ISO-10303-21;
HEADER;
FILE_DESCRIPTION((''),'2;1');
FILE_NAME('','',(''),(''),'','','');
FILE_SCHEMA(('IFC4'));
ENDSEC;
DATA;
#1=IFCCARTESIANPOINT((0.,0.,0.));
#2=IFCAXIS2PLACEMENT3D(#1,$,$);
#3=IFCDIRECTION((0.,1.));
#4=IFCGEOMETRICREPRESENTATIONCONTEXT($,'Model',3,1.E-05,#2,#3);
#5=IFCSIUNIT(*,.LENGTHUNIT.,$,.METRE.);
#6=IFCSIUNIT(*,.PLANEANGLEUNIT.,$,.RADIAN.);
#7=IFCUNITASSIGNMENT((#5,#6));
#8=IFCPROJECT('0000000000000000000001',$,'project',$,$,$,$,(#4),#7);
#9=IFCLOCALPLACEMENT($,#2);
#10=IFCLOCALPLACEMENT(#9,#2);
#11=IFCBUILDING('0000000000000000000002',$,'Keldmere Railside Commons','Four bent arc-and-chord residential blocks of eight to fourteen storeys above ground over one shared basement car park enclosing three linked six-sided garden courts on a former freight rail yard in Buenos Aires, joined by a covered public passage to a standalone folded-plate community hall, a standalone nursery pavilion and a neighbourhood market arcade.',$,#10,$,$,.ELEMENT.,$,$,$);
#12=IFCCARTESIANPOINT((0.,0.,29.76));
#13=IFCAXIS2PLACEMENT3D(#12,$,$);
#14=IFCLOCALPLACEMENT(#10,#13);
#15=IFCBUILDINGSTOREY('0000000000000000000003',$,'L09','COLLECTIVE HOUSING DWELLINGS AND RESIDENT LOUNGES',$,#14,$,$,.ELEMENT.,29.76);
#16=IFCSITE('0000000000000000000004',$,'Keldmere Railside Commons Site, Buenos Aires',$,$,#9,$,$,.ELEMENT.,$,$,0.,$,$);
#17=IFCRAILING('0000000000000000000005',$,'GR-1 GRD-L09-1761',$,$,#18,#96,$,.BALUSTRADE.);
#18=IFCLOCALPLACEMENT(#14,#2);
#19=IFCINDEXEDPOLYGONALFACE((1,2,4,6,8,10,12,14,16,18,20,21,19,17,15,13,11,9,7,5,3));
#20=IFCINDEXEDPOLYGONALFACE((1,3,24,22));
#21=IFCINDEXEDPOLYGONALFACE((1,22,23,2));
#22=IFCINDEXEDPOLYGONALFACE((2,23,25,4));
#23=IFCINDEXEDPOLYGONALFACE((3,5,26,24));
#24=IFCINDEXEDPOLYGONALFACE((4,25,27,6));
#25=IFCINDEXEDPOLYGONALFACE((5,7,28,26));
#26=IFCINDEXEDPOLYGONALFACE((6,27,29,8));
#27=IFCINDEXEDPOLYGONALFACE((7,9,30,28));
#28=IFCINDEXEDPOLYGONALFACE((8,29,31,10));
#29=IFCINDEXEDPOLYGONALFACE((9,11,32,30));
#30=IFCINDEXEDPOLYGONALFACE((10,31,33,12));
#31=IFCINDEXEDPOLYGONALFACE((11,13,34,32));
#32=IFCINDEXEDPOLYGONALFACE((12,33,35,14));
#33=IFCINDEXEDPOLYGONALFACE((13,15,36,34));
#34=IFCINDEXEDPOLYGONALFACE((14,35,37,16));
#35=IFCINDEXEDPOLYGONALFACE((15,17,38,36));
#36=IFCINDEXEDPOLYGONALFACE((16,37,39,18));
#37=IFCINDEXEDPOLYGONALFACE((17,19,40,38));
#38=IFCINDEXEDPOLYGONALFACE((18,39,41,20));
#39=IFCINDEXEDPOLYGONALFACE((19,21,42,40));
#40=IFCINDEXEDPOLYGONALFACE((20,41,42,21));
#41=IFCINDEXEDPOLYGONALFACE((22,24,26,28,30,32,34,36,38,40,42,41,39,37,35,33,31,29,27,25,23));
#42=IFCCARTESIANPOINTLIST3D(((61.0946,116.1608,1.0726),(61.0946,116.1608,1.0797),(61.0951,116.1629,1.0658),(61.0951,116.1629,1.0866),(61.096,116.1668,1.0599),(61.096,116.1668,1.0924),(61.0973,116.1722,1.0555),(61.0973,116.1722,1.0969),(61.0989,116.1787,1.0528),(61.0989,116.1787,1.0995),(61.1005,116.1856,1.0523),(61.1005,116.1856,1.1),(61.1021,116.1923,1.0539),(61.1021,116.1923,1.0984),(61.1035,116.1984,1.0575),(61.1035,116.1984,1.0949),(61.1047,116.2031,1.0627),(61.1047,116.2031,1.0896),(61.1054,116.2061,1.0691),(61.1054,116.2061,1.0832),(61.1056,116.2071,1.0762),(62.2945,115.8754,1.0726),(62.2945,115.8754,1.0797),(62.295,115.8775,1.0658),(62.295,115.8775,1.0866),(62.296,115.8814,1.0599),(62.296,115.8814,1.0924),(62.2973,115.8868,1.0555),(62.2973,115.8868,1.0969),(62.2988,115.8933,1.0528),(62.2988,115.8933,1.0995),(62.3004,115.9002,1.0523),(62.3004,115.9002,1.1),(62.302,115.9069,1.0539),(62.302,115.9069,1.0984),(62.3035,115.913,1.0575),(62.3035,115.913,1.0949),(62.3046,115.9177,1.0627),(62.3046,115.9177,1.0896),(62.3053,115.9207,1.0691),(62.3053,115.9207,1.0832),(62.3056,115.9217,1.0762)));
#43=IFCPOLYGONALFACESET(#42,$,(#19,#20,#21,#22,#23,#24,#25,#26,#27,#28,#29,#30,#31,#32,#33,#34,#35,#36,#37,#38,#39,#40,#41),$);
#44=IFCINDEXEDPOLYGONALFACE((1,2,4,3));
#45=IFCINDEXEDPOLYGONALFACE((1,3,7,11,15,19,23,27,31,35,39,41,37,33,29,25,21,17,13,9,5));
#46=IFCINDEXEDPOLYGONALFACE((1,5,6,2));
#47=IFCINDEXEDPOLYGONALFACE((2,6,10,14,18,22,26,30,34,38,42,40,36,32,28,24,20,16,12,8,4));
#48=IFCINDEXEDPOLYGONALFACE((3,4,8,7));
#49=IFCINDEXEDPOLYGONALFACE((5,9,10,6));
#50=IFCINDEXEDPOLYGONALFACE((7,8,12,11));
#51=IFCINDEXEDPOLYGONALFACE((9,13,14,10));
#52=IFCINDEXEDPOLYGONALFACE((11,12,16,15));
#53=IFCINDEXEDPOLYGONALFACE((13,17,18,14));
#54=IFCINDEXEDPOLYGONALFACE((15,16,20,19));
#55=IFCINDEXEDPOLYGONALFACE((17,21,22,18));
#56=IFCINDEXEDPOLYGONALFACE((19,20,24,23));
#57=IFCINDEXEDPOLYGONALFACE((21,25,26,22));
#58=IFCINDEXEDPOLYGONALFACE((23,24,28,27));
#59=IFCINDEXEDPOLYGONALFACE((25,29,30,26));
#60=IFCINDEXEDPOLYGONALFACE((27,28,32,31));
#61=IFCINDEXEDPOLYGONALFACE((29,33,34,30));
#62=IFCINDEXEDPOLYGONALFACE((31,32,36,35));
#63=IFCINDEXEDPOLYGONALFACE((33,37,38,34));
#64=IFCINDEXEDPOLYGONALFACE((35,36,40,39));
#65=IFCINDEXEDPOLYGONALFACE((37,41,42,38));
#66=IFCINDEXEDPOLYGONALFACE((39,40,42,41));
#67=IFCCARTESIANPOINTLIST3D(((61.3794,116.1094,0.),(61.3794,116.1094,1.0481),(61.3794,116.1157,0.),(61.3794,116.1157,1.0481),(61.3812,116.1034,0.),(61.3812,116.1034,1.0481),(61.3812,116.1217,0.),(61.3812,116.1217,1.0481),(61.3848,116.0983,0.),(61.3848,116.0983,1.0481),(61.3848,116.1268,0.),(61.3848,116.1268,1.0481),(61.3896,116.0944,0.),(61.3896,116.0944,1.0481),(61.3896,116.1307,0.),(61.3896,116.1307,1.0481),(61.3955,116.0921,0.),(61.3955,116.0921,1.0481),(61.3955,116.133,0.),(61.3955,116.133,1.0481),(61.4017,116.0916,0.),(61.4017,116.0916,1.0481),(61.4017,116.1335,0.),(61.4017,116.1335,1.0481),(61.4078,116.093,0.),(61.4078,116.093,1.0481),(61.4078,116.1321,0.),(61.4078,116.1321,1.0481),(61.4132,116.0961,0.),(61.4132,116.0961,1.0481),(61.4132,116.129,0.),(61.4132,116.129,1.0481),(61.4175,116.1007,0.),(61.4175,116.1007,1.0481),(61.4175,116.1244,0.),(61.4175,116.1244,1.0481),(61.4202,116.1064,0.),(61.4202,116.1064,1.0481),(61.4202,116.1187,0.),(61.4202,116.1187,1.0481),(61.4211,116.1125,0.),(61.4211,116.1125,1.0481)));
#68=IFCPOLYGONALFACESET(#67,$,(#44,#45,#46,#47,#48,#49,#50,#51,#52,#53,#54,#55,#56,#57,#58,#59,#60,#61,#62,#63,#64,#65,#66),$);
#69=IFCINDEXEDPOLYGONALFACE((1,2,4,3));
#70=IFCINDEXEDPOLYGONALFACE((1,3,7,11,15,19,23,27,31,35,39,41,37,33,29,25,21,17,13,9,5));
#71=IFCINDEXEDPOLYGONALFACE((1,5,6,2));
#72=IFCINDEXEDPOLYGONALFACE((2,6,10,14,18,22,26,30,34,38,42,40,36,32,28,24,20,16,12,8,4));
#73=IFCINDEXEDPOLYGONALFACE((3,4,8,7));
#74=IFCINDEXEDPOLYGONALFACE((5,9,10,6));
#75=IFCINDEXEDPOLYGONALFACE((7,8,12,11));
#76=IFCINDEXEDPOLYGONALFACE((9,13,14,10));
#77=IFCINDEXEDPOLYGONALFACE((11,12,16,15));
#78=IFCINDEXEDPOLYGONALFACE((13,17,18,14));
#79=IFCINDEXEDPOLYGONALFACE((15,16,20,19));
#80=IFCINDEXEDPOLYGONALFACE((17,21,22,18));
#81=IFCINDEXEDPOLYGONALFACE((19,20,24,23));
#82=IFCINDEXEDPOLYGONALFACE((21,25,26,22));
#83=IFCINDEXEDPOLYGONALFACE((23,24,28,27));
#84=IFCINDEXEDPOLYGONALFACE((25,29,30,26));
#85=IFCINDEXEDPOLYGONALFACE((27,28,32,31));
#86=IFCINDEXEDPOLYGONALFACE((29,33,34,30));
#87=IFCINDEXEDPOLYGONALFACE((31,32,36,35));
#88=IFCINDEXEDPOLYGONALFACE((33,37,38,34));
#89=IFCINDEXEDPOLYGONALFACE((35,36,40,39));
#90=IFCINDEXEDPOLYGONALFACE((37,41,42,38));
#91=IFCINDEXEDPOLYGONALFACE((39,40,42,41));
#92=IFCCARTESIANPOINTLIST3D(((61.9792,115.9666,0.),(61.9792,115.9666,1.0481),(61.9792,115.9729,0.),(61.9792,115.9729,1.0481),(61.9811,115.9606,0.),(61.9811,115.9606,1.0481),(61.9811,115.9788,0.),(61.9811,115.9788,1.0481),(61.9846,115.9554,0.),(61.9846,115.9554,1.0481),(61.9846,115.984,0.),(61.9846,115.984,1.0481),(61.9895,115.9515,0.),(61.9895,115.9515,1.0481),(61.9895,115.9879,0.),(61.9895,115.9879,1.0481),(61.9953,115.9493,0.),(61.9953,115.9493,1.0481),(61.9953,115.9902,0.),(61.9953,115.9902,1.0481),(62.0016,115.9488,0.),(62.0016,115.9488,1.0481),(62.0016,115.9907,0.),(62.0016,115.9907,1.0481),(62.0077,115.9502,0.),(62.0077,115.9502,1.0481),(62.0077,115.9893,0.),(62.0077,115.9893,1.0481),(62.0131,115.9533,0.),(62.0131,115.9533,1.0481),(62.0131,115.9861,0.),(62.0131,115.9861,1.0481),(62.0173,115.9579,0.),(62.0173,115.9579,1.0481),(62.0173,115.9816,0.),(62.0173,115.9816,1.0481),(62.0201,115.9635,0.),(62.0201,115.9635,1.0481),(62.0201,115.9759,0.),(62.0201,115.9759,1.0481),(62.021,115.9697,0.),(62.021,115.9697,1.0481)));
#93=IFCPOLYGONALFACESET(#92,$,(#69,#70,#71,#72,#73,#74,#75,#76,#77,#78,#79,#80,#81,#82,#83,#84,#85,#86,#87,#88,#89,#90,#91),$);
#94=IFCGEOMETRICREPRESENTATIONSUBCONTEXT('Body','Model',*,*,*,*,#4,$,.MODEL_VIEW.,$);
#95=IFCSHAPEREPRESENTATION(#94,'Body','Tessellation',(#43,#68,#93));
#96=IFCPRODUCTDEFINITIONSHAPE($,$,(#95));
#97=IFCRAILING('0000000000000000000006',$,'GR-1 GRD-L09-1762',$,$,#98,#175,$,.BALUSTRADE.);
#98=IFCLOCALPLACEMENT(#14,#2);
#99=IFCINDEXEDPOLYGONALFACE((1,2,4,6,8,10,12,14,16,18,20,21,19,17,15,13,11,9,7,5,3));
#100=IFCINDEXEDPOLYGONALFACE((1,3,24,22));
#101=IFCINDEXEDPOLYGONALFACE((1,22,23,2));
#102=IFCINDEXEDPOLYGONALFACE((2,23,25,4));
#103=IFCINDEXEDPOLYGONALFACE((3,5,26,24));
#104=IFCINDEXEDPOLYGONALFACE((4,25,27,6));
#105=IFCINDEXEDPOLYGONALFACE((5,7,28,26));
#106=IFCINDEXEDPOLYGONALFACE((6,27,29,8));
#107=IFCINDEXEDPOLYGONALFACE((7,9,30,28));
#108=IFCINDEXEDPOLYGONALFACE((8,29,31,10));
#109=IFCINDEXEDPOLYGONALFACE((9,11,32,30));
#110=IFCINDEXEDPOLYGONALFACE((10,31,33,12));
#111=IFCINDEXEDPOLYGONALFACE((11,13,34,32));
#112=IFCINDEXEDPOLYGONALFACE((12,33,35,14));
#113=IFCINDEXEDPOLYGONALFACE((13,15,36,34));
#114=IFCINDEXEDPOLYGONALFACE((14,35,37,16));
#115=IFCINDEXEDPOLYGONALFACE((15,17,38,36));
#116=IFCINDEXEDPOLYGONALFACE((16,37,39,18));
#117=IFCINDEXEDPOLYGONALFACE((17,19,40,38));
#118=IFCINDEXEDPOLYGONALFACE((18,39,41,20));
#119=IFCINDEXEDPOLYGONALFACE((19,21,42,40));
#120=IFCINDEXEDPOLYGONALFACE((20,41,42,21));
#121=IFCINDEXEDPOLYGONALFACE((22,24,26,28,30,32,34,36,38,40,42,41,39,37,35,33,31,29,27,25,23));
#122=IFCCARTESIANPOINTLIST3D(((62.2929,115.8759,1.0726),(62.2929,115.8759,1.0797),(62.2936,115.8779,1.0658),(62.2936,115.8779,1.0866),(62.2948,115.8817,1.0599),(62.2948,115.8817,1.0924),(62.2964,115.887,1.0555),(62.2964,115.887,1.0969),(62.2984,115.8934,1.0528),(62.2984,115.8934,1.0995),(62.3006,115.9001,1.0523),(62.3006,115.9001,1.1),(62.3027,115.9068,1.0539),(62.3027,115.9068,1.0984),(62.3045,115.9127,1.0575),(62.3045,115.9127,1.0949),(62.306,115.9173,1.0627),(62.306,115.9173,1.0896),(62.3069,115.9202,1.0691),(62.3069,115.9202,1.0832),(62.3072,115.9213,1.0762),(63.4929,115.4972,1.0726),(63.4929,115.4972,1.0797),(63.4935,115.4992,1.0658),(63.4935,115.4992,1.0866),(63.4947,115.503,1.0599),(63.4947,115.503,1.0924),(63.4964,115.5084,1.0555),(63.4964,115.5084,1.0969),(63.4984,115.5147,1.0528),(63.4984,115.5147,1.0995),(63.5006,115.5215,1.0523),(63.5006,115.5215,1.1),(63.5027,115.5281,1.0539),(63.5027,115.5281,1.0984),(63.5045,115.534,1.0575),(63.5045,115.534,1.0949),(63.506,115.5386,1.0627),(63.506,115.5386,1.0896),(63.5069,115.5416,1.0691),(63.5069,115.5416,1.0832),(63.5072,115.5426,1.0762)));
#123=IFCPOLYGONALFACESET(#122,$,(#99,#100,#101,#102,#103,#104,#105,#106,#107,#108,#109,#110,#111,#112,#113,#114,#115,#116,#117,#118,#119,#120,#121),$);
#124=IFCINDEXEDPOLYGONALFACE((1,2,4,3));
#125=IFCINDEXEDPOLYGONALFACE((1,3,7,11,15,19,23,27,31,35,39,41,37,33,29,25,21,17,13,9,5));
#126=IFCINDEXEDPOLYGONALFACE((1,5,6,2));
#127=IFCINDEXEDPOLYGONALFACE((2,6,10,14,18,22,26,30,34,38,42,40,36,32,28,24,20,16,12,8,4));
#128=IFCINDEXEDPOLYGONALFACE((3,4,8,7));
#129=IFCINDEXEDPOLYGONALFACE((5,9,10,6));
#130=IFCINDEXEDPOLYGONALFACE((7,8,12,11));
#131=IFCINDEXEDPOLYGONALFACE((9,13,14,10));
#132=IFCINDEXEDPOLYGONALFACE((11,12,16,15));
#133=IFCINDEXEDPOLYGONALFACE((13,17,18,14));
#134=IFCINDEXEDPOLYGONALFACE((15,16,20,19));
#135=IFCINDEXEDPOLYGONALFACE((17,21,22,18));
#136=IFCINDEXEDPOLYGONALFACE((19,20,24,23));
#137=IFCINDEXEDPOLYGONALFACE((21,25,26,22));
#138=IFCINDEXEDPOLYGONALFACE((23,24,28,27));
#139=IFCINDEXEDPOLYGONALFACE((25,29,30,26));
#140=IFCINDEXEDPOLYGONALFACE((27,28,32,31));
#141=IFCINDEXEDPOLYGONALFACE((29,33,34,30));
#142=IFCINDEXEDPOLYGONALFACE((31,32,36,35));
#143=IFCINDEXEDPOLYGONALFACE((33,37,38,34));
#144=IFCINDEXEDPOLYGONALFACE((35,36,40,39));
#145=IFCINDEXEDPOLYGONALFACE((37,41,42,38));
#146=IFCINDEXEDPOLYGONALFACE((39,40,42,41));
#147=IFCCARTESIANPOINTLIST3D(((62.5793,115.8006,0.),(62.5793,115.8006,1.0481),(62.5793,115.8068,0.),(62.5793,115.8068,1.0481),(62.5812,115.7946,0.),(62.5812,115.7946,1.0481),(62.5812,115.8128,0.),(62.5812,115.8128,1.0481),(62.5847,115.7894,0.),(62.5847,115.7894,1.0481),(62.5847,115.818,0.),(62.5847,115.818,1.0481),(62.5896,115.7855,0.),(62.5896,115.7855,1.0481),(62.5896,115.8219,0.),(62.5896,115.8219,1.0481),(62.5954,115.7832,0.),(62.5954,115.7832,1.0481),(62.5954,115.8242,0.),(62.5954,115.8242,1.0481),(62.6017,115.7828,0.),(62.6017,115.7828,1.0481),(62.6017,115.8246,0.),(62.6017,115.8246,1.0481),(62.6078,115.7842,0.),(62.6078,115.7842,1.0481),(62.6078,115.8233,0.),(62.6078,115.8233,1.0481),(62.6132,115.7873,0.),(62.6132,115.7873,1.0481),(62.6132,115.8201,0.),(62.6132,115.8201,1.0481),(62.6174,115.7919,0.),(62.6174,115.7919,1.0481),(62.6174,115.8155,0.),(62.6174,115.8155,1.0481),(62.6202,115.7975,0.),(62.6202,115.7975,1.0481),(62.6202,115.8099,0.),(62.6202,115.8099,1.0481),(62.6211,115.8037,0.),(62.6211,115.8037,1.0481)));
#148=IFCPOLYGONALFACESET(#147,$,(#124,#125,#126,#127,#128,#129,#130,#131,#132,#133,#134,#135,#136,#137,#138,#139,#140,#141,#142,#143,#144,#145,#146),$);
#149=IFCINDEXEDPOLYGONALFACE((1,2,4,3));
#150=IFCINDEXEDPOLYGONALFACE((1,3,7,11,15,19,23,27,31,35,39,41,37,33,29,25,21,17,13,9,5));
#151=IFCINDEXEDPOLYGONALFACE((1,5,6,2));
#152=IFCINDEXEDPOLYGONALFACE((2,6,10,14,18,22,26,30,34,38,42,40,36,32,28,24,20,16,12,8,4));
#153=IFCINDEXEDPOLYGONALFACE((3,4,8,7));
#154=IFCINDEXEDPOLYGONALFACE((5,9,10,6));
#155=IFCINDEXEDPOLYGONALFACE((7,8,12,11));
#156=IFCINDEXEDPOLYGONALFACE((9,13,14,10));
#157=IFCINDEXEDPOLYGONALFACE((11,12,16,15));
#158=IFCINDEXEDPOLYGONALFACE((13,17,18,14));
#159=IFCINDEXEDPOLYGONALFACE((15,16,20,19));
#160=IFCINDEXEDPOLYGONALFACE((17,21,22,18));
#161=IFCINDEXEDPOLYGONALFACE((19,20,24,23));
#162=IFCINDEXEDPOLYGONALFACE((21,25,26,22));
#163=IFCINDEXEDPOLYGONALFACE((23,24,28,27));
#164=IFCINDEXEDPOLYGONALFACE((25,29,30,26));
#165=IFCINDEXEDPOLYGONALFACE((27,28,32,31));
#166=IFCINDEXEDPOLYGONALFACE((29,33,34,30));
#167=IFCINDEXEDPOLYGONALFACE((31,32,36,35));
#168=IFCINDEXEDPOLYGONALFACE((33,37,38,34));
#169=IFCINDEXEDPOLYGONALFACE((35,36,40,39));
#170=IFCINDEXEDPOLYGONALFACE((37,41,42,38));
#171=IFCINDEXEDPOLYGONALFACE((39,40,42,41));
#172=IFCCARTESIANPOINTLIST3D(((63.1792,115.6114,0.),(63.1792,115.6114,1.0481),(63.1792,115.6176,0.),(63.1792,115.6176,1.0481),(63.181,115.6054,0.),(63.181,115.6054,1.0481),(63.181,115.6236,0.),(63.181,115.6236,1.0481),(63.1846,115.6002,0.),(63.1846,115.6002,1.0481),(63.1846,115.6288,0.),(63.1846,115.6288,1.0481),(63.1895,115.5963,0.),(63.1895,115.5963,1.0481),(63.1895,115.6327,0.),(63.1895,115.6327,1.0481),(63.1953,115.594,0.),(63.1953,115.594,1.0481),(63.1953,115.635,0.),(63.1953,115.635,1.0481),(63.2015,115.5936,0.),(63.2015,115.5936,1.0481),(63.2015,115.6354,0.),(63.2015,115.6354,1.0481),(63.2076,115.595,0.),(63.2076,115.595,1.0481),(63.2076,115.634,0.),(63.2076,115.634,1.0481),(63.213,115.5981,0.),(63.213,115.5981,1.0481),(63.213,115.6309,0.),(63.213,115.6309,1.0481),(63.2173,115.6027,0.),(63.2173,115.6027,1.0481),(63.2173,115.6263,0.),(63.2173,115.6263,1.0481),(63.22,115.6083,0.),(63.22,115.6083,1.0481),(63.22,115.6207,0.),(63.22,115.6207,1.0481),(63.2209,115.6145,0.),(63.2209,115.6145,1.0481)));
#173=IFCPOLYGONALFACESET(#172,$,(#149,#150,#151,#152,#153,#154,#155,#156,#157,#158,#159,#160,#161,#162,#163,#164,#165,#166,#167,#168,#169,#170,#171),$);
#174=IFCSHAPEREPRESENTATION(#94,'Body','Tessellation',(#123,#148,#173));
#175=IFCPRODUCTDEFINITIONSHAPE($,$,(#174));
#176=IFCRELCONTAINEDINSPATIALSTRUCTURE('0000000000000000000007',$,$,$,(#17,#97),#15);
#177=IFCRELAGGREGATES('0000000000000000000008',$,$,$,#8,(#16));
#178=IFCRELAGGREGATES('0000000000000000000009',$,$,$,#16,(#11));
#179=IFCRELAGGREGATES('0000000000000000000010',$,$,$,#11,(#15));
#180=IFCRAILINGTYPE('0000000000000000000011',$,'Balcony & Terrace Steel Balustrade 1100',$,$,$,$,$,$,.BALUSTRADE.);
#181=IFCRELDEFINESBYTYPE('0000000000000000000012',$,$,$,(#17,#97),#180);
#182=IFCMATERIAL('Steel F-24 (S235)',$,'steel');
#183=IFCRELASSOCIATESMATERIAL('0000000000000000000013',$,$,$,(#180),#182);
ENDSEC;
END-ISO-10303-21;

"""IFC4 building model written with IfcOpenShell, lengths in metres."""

from ifc_helpers import new_model, si_unit, direction, frame, origin, origin_2d, place, context, subcontext, project, spatial, circle, extrude, material, type_object, element, save


model = new_model("IFC4")

# Units and contexts
model_context = context("Model", 3, precision=1e-05, world=origin(), true_north=direction((0.0, 1.0)))
body_context = subcontext(model_context, "Body", "Model", "MODEL_VIEW")
ifc_project = project(units=[si_unit("LENGTHUNIT", "METRE"), si_unit("PLANEANGLEUNIT", "RADIAN")], contexts=[model_context])

# Site, building, storey
site_placement = place(None, origin())
site = spatial("IfcSite", under=ifc_project, at=site_placement, Name="Keldmere Railside Commons Site, Buenos Aires", CompositionType="ELEMENT", RefElevation=0.0)
building_placement = place(site_placement, origin())
building = spatial("IfcBuilding", under=site, at=building_placement, Name="Keldmere Railside Commons", Description="Four bent arc-and-chord residential blocks of eight to fourteen storeys above ground over one shared basement car park enclosing three linked six-sided garden courts on a former freight rail yard in Buenos Aires, joined by a covered public passage to a standalone folded-plate community hall, a standalone nursery pavilion and a neighbourhood market arcade.", CompositionType="ELEMENT")
storey_placement = place(building_placement, frame((0.0, 0.0, 29.76)))
storey = spatial("IfcBuildingStorey", under=building, at=storey_placement, Name="L09", Description="COLLECTIVE HOUSING DWELLINGS AND RESIDENT LOUNGES", CompositionType="ELEMENT", Elevation=29.76)

# Railings
ifc_material_1 = material(Name="Steel F-24 (S235)", Category="steel")
railing_type = type_object("IfcRailingType", Name="Balcony & Terrace Steel Balustrade 1100", PredefinedType="BALUSTRADE", material=ifc_material_1)
railing_1_placement = place(storey_placement, frame((61.1001, 116.1838, 0.0)))
element("IfcRailing", 1, at=railing_1_placement, inside=storey, type_object=railing_type, Name="GR-1 GRD-L09-1761", PredefinedType="BALUSTRADE", context=body_context, shape_type="SweptSolid", body=[
    extrude(circle(Radius=0.0239, at=origin_2d()), frame((0.0, 0.0, 1.0762), z_axis=(0.972861, -0.231389, 0.0), x_axis=(0.231389, 0.972861, 0.0)), (0.0, 0.0, 1.0), 1.2334),
    extrude(circle(Radius=0.021, at=origin_2d()), frame((0.3, -0.0713, 0.0)), (0.0, 0.0, 1.0), 1.0481),
    extrude(circle(Radius=0.021, at=origin_2d()), frame((0.8999, -0.2141, 0.0)), (0.0, 0.0, 1.0), 1.0481),
])
railing_2_placement = place(storey_placement, frame((62.3, 115.8984, 0.0)))
element("IfcRailing", 2, at=railing_2_placement, inside=storey, type_object=railing_type, Name="GR-1 GRD-L09-1762", PredefinedType="BALUSTRADE", context=body_context, shape_type="SweptSolid", body=[
    extrude(circle(Radius=0.0239, at=origin_2d()), frame((0.0, 0.0, 1.0762), z_axis=(0.953644, -0.300936, 0.0), x_axis=(0.300936, 0.953644, 0.0)), (0.0, 0.0, 1.0), 1.2583),
    extrude(circle(Radius=0.021, at=origin_2d()), frame((0.3, -0.0947, 0.0)), (0.0, 0.0, 1.0), 1.0481),
    extrude(circle(Radius=0.021, at=origin_2d()), frame((0.8999, -0.2839, 0.0)), (0.0, 0.0, 1.0), 1.0481),
])

save(model, "model.ifc")
